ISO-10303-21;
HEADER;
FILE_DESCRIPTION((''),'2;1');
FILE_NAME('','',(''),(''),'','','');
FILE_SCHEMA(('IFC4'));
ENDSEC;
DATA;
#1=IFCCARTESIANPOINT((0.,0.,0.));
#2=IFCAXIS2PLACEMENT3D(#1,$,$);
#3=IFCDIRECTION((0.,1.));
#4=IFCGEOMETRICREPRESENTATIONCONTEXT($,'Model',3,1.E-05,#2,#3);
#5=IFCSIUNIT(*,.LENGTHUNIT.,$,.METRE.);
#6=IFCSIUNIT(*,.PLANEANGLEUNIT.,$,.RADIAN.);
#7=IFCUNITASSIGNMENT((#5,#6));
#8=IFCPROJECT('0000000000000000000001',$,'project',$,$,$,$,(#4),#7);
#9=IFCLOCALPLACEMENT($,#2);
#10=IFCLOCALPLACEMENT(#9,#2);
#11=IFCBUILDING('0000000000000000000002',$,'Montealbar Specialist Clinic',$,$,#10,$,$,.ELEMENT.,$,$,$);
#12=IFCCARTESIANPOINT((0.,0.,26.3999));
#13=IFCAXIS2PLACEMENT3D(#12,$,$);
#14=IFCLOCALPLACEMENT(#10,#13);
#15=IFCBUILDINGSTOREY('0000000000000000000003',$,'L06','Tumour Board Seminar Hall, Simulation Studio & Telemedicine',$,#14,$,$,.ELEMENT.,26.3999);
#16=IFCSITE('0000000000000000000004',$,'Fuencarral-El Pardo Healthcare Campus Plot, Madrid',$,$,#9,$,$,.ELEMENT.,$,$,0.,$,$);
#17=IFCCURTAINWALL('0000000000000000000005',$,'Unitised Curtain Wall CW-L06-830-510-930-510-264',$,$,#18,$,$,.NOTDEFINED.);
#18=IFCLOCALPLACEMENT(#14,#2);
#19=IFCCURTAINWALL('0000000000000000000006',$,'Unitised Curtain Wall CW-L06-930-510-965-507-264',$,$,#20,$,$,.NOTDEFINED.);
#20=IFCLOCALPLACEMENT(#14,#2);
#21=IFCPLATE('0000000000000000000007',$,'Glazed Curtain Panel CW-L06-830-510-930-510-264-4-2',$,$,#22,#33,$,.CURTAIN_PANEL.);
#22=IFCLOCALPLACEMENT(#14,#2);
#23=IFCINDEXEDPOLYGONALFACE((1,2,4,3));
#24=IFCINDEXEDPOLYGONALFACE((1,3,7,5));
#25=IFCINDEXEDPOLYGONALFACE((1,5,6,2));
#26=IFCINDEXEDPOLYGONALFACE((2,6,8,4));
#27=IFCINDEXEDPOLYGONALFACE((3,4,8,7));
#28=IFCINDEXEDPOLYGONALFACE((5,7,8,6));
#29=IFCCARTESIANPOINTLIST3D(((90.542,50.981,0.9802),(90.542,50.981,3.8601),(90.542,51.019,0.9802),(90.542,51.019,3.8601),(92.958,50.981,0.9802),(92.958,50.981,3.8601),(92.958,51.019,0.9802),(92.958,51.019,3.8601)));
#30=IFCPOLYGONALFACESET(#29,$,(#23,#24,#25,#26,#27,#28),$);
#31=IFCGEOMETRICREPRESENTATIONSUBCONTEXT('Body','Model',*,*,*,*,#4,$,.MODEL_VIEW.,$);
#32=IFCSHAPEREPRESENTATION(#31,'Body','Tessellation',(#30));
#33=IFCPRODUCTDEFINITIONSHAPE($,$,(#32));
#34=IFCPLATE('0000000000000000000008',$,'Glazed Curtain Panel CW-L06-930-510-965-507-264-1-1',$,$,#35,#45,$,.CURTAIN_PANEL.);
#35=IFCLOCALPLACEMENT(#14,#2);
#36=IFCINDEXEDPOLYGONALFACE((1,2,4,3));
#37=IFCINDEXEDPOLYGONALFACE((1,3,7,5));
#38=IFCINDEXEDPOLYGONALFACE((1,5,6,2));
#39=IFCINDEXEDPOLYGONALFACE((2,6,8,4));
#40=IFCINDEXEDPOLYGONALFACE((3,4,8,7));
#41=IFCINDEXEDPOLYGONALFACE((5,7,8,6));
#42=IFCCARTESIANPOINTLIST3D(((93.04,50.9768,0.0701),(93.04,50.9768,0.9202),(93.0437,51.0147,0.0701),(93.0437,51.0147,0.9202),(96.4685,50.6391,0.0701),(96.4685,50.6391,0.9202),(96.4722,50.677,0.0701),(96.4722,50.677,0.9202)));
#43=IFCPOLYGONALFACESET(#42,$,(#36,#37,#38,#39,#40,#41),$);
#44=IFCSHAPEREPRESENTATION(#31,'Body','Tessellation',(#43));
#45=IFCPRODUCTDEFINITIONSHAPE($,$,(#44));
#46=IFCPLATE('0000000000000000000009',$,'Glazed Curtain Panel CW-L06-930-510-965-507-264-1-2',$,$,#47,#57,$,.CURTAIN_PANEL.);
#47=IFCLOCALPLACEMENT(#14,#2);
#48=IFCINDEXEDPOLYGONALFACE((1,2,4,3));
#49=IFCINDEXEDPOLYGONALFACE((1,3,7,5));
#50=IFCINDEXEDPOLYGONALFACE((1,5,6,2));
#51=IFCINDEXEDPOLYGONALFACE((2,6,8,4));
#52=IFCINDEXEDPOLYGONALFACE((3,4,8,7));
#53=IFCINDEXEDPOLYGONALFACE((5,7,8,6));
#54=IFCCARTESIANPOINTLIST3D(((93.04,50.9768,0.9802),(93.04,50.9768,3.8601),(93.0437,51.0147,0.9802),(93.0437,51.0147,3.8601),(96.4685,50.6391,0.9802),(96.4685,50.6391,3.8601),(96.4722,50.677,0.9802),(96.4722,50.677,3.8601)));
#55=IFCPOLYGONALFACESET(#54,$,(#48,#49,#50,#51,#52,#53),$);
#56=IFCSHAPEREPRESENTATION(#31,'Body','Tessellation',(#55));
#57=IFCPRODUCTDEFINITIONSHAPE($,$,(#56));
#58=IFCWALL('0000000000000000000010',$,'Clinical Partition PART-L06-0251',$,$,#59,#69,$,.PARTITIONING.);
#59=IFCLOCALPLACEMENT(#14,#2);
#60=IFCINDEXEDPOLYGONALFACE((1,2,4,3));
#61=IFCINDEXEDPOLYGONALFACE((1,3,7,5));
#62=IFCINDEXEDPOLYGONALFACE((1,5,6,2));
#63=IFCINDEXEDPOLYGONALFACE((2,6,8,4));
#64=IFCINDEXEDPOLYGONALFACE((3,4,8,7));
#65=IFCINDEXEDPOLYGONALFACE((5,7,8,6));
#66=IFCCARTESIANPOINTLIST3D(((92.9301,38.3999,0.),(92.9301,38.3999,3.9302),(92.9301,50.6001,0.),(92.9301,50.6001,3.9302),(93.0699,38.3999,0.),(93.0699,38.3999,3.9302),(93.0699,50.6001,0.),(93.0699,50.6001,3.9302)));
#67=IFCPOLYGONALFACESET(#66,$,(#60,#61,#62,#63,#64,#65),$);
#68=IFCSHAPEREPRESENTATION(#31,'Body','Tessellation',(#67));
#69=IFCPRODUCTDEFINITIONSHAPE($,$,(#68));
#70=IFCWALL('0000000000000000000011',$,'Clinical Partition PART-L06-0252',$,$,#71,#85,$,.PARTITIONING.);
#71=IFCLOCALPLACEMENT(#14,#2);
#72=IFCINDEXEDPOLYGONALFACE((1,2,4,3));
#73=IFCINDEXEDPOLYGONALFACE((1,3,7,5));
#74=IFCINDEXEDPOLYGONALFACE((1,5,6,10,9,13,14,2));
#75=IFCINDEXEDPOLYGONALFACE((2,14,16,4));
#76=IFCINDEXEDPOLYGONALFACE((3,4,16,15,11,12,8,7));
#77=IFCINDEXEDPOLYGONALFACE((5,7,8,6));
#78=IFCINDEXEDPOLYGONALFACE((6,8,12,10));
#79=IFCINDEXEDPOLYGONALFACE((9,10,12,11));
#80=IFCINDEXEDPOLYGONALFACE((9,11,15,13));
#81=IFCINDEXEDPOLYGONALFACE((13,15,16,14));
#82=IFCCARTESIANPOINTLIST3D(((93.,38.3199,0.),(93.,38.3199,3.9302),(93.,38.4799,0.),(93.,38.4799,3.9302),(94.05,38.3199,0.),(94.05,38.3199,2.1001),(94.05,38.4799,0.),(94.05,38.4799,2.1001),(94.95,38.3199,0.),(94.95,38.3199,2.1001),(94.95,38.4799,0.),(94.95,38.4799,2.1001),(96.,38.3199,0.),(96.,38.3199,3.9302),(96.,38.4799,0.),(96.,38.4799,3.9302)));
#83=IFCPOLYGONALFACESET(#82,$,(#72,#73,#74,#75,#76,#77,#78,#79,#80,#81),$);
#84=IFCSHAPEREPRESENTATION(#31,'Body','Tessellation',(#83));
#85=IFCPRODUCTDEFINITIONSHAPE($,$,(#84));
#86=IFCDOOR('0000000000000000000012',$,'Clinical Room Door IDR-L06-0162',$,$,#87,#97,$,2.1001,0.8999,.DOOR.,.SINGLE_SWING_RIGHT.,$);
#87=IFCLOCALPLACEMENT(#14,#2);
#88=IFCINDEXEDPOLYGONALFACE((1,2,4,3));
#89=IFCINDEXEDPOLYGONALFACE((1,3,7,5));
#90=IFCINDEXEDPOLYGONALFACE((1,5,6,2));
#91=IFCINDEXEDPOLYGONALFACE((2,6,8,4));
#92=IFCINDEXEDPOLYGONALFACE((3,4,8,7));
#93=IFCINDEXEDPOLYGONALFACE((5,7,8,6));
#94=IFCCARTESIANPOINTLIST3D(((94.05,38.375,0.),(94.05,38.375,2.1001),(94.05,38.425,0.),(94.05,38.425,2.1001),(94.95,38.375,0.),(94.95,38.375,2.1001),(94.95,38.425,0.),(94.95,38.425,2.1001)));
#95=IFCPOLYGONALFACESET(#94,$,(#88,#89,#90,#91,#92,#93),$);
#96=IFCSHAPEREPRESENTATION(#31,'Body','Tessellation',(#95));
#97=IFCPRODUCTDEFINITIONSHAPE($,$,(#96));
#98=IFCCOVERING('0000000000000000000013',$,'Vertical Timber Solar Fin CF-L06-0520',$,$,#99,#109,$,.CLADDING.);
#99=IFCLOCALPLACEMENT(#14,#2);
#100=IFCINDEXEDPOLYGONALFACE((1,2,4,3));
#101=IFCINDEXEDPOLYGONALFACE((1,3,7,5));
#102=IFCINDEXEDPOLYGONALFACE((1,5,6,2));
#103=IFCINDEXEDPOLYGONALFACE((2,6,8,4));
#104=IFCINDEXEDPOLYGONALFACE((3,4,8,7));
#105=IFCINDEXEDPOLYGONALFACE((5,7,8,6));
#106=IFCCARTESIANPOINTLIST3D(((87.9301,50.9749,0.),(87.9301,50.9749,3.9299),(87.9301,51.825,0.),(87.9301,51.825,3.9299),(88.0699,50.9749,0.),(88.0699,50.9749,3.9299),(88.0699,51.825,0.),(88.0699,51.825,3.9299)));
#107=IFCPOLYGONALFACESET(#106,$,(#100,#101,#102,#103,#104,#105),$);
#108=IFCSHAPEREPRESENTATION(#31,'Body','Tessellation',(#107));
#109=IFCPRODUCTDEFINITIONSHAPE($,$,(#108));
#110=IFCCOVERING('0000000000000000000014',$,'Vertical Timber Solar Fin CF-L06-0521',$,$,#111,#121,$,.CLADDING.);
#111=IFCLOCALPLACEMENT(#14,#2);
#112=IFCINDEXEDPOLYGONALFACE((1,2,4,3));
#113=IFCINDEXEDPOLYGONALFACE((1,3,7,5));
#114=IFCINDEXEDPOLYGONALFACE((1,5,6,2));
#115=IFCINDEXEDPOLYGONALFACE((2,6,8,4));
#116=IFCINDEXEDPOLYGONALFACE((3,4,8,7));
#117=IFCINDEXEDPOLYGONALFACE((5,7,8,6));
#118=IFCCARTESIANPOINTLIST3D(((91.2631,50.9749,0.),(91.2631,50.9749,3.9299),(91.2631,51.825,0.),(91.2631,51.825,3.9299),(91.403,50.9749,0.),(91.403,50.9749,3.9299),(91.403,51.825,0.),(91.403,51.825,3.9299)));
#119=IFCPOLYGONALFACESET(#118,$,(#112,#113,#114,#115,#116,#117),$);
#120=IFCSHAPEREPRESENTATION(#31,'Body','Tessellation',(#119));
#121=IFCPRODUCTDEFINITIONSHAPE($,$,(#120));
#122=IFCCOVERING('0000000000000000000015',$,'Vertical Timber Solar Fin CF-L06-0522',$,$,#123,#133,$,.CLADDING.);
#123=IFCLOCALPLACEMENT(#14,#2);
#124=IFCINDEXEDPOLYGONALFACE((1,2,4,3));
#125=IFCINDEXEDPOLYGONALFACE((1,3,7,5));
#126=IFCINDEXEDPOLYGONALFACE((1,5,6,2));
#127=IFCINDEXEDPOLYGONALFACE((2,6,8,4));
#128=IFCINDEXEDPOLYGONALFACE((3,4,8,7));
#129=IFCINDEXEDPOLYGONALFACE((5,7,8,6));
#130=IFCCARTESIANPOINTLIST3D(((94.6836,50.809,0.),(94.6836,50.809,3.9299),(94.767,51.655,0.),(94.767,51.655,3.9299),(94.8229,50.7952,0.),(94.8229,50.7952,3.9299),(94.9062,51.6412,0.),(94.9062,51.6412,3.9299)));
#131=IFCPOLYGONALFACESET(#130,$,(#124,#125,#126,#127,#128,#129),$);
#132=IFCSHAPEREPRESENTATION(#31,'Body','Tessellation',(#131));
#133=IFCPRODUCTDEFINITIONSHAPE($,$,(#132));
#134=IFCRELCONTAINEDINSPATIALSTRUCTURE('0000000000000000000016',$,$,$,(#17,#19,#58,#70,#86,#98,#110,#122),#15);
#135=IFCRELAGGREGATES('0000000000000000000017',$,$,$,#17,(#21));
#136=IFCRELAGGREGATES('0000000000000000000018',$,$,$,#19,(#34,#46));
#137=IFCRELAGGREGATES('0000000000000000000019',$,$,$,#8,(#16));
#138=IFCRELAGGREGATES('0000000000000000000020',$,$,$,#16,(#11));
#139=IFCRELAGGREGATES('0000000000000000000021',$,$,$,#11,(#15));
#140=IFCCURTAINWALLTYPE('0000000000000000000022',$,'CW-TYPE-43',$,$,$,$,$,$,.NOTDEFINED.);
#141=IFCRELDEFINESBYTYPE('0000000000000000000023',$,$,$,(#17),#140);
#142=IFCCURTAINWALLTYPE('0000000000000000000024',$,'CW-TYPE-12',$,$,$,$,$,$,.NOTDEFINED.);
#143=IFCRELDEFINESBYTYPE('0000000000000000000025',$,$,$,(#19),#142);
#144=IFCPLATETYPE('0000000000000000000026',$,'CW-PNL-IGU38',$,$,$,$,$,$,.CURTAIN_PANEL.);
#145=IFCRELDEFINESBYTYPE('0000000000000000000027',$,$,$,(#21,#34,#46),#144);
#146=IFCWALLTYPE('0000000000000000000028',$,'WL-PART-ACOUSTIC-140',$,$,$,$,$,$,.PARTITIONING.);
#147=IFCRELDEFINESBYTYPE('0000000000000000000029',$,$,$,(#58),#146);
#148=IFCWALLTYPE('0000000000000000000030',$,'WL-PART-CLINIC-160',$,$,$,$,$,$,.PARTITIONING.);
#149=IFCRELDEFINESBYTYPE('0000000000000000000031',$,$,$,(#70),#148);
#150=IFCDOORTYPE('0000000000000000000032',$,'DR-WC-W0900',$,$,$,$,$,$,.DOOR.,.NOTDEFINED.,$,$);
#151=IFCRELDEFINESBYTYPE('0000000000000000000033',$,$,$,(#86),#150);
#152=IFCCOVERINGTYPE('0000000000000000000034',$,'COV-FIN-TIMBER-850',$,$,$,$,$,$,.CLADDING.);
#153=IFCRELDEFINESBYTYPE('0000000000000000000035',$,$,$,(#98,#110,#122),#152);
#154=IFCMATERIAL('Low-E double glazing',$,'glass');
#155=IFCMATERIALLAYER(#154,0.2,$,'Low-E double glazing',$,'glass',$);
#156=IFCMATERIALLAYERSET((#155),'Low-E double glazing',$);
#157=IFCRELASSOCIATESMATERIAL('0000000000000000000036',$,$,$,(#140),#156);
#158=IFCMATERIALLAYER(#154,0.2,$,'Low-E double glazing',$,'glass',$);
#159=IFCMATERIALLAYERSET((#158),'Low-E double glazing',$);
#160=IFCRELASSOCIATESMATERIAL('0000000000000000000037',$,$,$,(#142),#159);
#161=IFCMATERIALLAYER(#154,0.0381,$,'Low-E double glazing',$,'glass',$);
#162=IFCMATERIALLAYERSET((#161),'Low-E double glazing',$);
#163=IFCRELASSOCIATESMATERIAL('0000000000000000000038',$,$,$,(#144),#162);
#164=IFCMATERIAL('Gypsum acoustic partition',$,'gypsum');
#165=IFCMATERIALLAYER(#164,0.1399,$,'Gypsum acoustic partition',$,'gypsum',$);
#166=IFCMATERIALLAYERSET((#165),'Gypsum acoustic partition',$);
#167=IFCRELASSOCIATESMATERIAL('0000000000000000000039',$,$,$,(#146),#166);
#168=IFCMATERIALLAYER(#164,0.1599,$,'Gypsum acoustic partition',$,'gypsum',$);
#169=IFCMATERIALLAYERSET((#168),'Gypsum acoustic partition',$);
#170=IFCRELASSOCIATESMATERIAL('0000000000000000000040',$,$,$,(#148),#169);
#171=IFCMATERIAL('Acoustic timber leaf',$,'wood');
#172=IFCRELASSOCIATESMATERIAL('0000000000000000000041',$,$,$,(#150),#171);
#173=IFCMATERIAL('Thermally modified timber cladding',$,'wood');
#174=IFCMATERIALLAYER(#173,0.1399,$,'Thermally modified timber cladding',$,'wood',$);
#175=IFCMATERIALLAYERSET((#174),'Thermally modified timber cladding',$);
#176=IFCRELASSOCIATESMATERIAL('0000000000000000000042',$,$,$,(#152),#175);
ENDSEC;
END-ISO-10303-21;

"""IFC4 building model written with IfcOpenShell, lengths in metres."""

from ifc_helpers import new_model, si_unit, direction, frame, frame_2d, origin, origin_2d, place, context, subcontext, project, spatial, rectangle, extrude, material, layer, layer_set, type_object, element, fill, aggregate, save


model = new_model("IFC4")

# Units and contexts
model_context = context("Model", 3, precision=1e-05, world=origin(), true_north=direction((0.0, 1.0)))
body_context = subcontext(model_context, "Body", "Model", "MODEL_VIEW")
ifc_project = project(units=[si_unit("LENGTHUNIT", "METRE"), si_unit("PLANEANGLEUNIT", "RADIAN")], contexts=[model_context])

# Site, building, storey
site_placement = place(None, origin())
site = spatial("IfcSite", under=ifc_project, at=site_placement, Name="Fuencarral-El Pardo Healthcare Campus Plot, Madrid", CompositionType="ELEMENT", RefElevation=0.0)
building_placement = place(site_placement, origin())
building = spatial("IfcBuilding", under=site, at=building_placement, Name="Montealbar Specialist Clinic", CompositionType="ELEMENT")
storey_placement = place(building_placement, frame((0.0, 0.0, 26.3999)))
storey = spatial("IfcBuildingStorey", under=building, at=storey_placement, Name="L06", Description="Tumour Board Seminar Hall, Simulation Studio & Telemedicine", CompositionType="ELEMENT", Elevation=26.3999)

# Curtain walls
ifc_material_1 = material(Name="Low-E double glazing", Category="glass")
ifc_layer_1 = layer(ifc_material_1, 0.2, Name="Low-E double glazing", Category="glass")
ifc_layer_set_1 = layer_set([ifc_layer_1], Name="Low-E double glazing")
curtain_wall_type_1 = type_object("IfcCurtainWallType", Name="CW-TYPE-43", PredefinedType="NOTDEFINED", material=ifc_layer_set_1)
curtain_wall_1_placement = place(storey_placement, origin())
curtain_wall_1 = element("IfcCurtainWall", 1, at=curtain_wall_1_placement, inside=storey, type_object=curtain_wall_type_1, Name="Unitised Curtain Wall CW-L06-830-510-930-510-264", PredefinedType="NOTDEFINED")
ifc_layer_2 = layer(ifc_material_1, 0.2, Name="Low-E double glazing", Category="glass")
ifc_layer_set_2 = layer_set([ifc_layer_2], Name="Low-E double glazing")
curtain_wall_type_2 = type_object("IfcCurtainWallType", Name="CW-TYPE-12", PredefinedType="NOTDEFINED", material=ifc_layer_set_2)
curtain_wall_2_placement = place(storey_placement, origin())
curtain_wall_2 = element("IfcCurtainWall", 2, at=curtain_wall_2_placement, inside=storey, type_object=curtain_wall_type_2, Name="Unitised Curtain Wall CW-L06-930-510-965-507-264", PredefinedType="NOTDEFINED")

# Plates
ifc_layer_3 = layer(ifc_material_1, 0.0381, Name="Low-E double glazing", Category="glass")
ifc_layer_set_3 = layer_set([ifc_layer_3], Name="Low-E double glazing")
plate_type = type_object("IfcPlateType", Name="CW-PNL-IGU38", PredefinedType="CURTAIN_PANEL", material=ifc_layer_set_3)
plate_1_placement = place(storey_placement, frame((91.75, 51.0, 0.9802), z_axis=(0.0, 0.0, 1.0), x_axis=(1.0, 0.0, 0.0)))
plate_1 = element("IfcPlate", 3, at=plate_1_placement, type_object=plate_type, Name="Glazed Curtain Panel CW-L06-830-510-930-510-264-4-2", PredefinedType="CURTAIN_PANEL", context=body_context, shape_type="SweptSolid", body=[
    extrude(rectangle(XDim=2.416, YDim=0.0381, at=origin_2d()), origin(), (0.0, 0.0, 1.0), 2.8799),
])
aggregate(curtain_wall_1, [plate_1])
plate_2_placement = place(storey_placement, frame((94.7561, 50.8269, 0.0701), z_axis=(0.0, 0.0, 1.0), x_axis=(0.995182, -0.098045, 0.0)))
plate_2 = element("IfcPlate", 4, at=plate_2_placement, type_object=plate_type, Name="Glazed Curtain Panel CW-L06-930-510-965-507-264-1-1", PredefinedType="CURTAIN_PANEL", context=body_context, shape_type="SweptSolid", body=[
    extrude(rectangle(XDim=3.4451, YDim=0.0381, at=origin_2d()), origin(), (0.0, 0.0, 1.0), 0.8501),
])
plate_3_placement = place(storey_placement, frame((94.7561, 50.8269, 0.9802), z_axis=(0.0, 0.0, 1.0), x_axis=(0.995182, -0.098045, 0.0)))
plate_3 = element("IfcPlate", 5, at=plate_3_placement, type_object=plate_type, Name="Glazed Curtain Panel CW-L06-930-510-965-507-264-1-2", PredefinedType="CURTAIN_PANEL", context=body_context, shape_type="SweptSolid", body=[
    extrude(rectangle(XDim=3.4451, YDim=0.0381, at=origin_2d()), origin(), (0.0, 0.0, 1.0), 2.8799),
])
aggregate(curtain_wall_2, [plate_2, plate_3])

# Wall
ifc_material_2 = material(Name="Gypsum acoustic partition", Category="gypsum")
ifc_layer_4 = layer(ifc_material_2, 0.1399, Name="Gypsum acoustic partition", Category="gypsum")
ifc_layer_set_4 = layer_set([ifc_layer_4], Name="Gypsum acoustic partition")
wall_type_1 = type_object("IfcWallType", Name="WL-PART-ACOUSTIC-140", PredefinedType="PARTITIONING", material=ifc_layer_set_4)
wall_1_placement = place(storey_placement, frame((93.0, 38.3999, 0.0), z_axis=(0.0, 0.0, 1.0), x_axis=(0.0, 1.0, 0.0)))
element("IfcWall", 6, at=wall_1_placement, inside=storey, type_object=wall_type_1, Name="Clinical Partition PART-L06-0251", PredefinedType="PARTITIONING", context=body_context, shape_type="SweptSolid", body=[
    extrude(rectangle(XDim=12.2002, YDim=0.1399, at=frame_2d((6.1001, 0.0))), origin(), (0.0, 0.0, 1.0), 3.9302),
])

# Wall, opening, door
ifc_layer_5 = layer(ifc_material_2, 0.1599, Name="Gypsum acoustic partition", Category="gypsum")
ifc_layer_set_5 = layer_set([ifc_layer_5], Name="Gypsum acoustic partition")
wall_type_2 = type_object("IfcWallType", Name="WL-PART-CLINIC-160", PredefinedType="PARTITIONING", material=ifc_layer_set_5)
wall_2_placement = place(storey_placement, frame((93.0, 38.3999, 0.0), z_axis=(0.0, 0.0, 1.0), x_axis=(1.0, 0.0, 0.0)))
wall_2 = element("IfcWall", 7, at=wall_2_placement, inside=storey, type_object=wall_type_2, Name="Clinical Partition PART-L06-0252", PredefinedType="PARTITIONING", context=body_context, shape_type="SweptSolid", body=[
    extrude(rectangle(XDim=3.0, YDim=0.1599, at=frame_2d((1.5, 0.0))), origin(), (0.0, 0.0, 1.0), 3.9302),
])
opening_placement = place(wall_2_placement, frame((1.05, 0.0, 0.0)))
opening = element("IfcOpeningElement", 8, at=opening_placement, cuts=wall_2, PredefinedType="OPENING", context=body_context, shape_type="SweptSolid", body=[
    extrude(rectangle(XDim=0.8999, YDim=2.1001, at=frame_2d((0.45, 1.05))), frame((0.0, 0.0898, 0.0), z_axis=(0.0, -1.0, 0.0), x_axis=(1.0, 0.0, 0.0)), (0.0, 0.0, 1.0), 0.1799),
])
ifc_material_3 = material(Name="Acoustic timber leaf", Category="wood")
door_type = type_object("IfcDoorType", Name="DR-WC-W0900", OperationType="NOTDEFINED", PredefinedType="DOOR", material=ifc_material_3)
door_placement = place(opening_placement, frame((0.8999, 0.0, 0.0), z_axis=(0.0, 0.0, 1.0), x_axis=(-1.0, 0.0, 0.0)))
door = element("IfcDoor", 9, at=door_placement, inside=storey, type_object=door_type, Name="Clinical Room Door IDR-L06-0162", OperationType="SINGLE_SWING_RIGHT", OverallHeight=2.1001, OverallWidth=0.8999, PredefinedType="DOOR", context=body_context, shape_type="SweptSolid", body=[
    extrude(rectangle(XDim=0.8999, YDim=2.1001, at=frame_2d((0.45, 1.05))), frame((0.0, 0.0249, 0.0), z_axis=(0.0, -1.0, 0.0), x_axis=(1.0, 0.0, 0.0)), (0.0, 0.0, 1.0), 0.05),
])
fill(opening, door)

# Coverings
ifc_material_4 = material(Name="Thermally modified timber cladding", Category="wood")
ifc_layer_6 = layer(ifc_material_4, 0.1399, Name="Thermally modified timber cladding", Category="wood")
ifc_layer_set_6 = layer_set([ifc_layer_6], Name="Thermally modified timber cladding")
covering_type = type_object("IfcCoveringType", Name="COV-FIN-TIMBER-850", PredefinedType="CLADDING", material=ifc_layer_set_6)
for number, where, z_axis, x_axis, name in (
    (10, (88.0, 51.3999, 0.0), (0.0, 0.0, 1.0), (0.0, 1.0, 0.0), "Vertical Timber Solar Fin CF-L06-0520"),
    (11, (91.333, 51.3999, 0.0), (0.0, 0.0, 1.0), (0.0, 1.0, 0.0), "Vertical Timber Solar Fin CF-L06-0521"),
    (12, (94.7949, 51.2251, 0.0), (0.0, 0.0, 1.0), (0.098045, 0.995182, 0.0), "Vertical Timber Solar Fin CF-L06-0522"),
):
    element("IfcCovering", number, at=place(storey_placement, frame(where, z_axis=z_axis, x_axis=x_axis)), inside=storey, type_object=covering_type, Name=name, PredefinedType="CLADDING", context=body_context, shape_type="SweptSolid", body=[
        extrude(rectangle(XDim=0.8501, YDim=0.1399, at=origin_2d()), origin(), (0.0, 0.0, 1.0), 3.9299),
    ])

save(model, "model.ifc")
